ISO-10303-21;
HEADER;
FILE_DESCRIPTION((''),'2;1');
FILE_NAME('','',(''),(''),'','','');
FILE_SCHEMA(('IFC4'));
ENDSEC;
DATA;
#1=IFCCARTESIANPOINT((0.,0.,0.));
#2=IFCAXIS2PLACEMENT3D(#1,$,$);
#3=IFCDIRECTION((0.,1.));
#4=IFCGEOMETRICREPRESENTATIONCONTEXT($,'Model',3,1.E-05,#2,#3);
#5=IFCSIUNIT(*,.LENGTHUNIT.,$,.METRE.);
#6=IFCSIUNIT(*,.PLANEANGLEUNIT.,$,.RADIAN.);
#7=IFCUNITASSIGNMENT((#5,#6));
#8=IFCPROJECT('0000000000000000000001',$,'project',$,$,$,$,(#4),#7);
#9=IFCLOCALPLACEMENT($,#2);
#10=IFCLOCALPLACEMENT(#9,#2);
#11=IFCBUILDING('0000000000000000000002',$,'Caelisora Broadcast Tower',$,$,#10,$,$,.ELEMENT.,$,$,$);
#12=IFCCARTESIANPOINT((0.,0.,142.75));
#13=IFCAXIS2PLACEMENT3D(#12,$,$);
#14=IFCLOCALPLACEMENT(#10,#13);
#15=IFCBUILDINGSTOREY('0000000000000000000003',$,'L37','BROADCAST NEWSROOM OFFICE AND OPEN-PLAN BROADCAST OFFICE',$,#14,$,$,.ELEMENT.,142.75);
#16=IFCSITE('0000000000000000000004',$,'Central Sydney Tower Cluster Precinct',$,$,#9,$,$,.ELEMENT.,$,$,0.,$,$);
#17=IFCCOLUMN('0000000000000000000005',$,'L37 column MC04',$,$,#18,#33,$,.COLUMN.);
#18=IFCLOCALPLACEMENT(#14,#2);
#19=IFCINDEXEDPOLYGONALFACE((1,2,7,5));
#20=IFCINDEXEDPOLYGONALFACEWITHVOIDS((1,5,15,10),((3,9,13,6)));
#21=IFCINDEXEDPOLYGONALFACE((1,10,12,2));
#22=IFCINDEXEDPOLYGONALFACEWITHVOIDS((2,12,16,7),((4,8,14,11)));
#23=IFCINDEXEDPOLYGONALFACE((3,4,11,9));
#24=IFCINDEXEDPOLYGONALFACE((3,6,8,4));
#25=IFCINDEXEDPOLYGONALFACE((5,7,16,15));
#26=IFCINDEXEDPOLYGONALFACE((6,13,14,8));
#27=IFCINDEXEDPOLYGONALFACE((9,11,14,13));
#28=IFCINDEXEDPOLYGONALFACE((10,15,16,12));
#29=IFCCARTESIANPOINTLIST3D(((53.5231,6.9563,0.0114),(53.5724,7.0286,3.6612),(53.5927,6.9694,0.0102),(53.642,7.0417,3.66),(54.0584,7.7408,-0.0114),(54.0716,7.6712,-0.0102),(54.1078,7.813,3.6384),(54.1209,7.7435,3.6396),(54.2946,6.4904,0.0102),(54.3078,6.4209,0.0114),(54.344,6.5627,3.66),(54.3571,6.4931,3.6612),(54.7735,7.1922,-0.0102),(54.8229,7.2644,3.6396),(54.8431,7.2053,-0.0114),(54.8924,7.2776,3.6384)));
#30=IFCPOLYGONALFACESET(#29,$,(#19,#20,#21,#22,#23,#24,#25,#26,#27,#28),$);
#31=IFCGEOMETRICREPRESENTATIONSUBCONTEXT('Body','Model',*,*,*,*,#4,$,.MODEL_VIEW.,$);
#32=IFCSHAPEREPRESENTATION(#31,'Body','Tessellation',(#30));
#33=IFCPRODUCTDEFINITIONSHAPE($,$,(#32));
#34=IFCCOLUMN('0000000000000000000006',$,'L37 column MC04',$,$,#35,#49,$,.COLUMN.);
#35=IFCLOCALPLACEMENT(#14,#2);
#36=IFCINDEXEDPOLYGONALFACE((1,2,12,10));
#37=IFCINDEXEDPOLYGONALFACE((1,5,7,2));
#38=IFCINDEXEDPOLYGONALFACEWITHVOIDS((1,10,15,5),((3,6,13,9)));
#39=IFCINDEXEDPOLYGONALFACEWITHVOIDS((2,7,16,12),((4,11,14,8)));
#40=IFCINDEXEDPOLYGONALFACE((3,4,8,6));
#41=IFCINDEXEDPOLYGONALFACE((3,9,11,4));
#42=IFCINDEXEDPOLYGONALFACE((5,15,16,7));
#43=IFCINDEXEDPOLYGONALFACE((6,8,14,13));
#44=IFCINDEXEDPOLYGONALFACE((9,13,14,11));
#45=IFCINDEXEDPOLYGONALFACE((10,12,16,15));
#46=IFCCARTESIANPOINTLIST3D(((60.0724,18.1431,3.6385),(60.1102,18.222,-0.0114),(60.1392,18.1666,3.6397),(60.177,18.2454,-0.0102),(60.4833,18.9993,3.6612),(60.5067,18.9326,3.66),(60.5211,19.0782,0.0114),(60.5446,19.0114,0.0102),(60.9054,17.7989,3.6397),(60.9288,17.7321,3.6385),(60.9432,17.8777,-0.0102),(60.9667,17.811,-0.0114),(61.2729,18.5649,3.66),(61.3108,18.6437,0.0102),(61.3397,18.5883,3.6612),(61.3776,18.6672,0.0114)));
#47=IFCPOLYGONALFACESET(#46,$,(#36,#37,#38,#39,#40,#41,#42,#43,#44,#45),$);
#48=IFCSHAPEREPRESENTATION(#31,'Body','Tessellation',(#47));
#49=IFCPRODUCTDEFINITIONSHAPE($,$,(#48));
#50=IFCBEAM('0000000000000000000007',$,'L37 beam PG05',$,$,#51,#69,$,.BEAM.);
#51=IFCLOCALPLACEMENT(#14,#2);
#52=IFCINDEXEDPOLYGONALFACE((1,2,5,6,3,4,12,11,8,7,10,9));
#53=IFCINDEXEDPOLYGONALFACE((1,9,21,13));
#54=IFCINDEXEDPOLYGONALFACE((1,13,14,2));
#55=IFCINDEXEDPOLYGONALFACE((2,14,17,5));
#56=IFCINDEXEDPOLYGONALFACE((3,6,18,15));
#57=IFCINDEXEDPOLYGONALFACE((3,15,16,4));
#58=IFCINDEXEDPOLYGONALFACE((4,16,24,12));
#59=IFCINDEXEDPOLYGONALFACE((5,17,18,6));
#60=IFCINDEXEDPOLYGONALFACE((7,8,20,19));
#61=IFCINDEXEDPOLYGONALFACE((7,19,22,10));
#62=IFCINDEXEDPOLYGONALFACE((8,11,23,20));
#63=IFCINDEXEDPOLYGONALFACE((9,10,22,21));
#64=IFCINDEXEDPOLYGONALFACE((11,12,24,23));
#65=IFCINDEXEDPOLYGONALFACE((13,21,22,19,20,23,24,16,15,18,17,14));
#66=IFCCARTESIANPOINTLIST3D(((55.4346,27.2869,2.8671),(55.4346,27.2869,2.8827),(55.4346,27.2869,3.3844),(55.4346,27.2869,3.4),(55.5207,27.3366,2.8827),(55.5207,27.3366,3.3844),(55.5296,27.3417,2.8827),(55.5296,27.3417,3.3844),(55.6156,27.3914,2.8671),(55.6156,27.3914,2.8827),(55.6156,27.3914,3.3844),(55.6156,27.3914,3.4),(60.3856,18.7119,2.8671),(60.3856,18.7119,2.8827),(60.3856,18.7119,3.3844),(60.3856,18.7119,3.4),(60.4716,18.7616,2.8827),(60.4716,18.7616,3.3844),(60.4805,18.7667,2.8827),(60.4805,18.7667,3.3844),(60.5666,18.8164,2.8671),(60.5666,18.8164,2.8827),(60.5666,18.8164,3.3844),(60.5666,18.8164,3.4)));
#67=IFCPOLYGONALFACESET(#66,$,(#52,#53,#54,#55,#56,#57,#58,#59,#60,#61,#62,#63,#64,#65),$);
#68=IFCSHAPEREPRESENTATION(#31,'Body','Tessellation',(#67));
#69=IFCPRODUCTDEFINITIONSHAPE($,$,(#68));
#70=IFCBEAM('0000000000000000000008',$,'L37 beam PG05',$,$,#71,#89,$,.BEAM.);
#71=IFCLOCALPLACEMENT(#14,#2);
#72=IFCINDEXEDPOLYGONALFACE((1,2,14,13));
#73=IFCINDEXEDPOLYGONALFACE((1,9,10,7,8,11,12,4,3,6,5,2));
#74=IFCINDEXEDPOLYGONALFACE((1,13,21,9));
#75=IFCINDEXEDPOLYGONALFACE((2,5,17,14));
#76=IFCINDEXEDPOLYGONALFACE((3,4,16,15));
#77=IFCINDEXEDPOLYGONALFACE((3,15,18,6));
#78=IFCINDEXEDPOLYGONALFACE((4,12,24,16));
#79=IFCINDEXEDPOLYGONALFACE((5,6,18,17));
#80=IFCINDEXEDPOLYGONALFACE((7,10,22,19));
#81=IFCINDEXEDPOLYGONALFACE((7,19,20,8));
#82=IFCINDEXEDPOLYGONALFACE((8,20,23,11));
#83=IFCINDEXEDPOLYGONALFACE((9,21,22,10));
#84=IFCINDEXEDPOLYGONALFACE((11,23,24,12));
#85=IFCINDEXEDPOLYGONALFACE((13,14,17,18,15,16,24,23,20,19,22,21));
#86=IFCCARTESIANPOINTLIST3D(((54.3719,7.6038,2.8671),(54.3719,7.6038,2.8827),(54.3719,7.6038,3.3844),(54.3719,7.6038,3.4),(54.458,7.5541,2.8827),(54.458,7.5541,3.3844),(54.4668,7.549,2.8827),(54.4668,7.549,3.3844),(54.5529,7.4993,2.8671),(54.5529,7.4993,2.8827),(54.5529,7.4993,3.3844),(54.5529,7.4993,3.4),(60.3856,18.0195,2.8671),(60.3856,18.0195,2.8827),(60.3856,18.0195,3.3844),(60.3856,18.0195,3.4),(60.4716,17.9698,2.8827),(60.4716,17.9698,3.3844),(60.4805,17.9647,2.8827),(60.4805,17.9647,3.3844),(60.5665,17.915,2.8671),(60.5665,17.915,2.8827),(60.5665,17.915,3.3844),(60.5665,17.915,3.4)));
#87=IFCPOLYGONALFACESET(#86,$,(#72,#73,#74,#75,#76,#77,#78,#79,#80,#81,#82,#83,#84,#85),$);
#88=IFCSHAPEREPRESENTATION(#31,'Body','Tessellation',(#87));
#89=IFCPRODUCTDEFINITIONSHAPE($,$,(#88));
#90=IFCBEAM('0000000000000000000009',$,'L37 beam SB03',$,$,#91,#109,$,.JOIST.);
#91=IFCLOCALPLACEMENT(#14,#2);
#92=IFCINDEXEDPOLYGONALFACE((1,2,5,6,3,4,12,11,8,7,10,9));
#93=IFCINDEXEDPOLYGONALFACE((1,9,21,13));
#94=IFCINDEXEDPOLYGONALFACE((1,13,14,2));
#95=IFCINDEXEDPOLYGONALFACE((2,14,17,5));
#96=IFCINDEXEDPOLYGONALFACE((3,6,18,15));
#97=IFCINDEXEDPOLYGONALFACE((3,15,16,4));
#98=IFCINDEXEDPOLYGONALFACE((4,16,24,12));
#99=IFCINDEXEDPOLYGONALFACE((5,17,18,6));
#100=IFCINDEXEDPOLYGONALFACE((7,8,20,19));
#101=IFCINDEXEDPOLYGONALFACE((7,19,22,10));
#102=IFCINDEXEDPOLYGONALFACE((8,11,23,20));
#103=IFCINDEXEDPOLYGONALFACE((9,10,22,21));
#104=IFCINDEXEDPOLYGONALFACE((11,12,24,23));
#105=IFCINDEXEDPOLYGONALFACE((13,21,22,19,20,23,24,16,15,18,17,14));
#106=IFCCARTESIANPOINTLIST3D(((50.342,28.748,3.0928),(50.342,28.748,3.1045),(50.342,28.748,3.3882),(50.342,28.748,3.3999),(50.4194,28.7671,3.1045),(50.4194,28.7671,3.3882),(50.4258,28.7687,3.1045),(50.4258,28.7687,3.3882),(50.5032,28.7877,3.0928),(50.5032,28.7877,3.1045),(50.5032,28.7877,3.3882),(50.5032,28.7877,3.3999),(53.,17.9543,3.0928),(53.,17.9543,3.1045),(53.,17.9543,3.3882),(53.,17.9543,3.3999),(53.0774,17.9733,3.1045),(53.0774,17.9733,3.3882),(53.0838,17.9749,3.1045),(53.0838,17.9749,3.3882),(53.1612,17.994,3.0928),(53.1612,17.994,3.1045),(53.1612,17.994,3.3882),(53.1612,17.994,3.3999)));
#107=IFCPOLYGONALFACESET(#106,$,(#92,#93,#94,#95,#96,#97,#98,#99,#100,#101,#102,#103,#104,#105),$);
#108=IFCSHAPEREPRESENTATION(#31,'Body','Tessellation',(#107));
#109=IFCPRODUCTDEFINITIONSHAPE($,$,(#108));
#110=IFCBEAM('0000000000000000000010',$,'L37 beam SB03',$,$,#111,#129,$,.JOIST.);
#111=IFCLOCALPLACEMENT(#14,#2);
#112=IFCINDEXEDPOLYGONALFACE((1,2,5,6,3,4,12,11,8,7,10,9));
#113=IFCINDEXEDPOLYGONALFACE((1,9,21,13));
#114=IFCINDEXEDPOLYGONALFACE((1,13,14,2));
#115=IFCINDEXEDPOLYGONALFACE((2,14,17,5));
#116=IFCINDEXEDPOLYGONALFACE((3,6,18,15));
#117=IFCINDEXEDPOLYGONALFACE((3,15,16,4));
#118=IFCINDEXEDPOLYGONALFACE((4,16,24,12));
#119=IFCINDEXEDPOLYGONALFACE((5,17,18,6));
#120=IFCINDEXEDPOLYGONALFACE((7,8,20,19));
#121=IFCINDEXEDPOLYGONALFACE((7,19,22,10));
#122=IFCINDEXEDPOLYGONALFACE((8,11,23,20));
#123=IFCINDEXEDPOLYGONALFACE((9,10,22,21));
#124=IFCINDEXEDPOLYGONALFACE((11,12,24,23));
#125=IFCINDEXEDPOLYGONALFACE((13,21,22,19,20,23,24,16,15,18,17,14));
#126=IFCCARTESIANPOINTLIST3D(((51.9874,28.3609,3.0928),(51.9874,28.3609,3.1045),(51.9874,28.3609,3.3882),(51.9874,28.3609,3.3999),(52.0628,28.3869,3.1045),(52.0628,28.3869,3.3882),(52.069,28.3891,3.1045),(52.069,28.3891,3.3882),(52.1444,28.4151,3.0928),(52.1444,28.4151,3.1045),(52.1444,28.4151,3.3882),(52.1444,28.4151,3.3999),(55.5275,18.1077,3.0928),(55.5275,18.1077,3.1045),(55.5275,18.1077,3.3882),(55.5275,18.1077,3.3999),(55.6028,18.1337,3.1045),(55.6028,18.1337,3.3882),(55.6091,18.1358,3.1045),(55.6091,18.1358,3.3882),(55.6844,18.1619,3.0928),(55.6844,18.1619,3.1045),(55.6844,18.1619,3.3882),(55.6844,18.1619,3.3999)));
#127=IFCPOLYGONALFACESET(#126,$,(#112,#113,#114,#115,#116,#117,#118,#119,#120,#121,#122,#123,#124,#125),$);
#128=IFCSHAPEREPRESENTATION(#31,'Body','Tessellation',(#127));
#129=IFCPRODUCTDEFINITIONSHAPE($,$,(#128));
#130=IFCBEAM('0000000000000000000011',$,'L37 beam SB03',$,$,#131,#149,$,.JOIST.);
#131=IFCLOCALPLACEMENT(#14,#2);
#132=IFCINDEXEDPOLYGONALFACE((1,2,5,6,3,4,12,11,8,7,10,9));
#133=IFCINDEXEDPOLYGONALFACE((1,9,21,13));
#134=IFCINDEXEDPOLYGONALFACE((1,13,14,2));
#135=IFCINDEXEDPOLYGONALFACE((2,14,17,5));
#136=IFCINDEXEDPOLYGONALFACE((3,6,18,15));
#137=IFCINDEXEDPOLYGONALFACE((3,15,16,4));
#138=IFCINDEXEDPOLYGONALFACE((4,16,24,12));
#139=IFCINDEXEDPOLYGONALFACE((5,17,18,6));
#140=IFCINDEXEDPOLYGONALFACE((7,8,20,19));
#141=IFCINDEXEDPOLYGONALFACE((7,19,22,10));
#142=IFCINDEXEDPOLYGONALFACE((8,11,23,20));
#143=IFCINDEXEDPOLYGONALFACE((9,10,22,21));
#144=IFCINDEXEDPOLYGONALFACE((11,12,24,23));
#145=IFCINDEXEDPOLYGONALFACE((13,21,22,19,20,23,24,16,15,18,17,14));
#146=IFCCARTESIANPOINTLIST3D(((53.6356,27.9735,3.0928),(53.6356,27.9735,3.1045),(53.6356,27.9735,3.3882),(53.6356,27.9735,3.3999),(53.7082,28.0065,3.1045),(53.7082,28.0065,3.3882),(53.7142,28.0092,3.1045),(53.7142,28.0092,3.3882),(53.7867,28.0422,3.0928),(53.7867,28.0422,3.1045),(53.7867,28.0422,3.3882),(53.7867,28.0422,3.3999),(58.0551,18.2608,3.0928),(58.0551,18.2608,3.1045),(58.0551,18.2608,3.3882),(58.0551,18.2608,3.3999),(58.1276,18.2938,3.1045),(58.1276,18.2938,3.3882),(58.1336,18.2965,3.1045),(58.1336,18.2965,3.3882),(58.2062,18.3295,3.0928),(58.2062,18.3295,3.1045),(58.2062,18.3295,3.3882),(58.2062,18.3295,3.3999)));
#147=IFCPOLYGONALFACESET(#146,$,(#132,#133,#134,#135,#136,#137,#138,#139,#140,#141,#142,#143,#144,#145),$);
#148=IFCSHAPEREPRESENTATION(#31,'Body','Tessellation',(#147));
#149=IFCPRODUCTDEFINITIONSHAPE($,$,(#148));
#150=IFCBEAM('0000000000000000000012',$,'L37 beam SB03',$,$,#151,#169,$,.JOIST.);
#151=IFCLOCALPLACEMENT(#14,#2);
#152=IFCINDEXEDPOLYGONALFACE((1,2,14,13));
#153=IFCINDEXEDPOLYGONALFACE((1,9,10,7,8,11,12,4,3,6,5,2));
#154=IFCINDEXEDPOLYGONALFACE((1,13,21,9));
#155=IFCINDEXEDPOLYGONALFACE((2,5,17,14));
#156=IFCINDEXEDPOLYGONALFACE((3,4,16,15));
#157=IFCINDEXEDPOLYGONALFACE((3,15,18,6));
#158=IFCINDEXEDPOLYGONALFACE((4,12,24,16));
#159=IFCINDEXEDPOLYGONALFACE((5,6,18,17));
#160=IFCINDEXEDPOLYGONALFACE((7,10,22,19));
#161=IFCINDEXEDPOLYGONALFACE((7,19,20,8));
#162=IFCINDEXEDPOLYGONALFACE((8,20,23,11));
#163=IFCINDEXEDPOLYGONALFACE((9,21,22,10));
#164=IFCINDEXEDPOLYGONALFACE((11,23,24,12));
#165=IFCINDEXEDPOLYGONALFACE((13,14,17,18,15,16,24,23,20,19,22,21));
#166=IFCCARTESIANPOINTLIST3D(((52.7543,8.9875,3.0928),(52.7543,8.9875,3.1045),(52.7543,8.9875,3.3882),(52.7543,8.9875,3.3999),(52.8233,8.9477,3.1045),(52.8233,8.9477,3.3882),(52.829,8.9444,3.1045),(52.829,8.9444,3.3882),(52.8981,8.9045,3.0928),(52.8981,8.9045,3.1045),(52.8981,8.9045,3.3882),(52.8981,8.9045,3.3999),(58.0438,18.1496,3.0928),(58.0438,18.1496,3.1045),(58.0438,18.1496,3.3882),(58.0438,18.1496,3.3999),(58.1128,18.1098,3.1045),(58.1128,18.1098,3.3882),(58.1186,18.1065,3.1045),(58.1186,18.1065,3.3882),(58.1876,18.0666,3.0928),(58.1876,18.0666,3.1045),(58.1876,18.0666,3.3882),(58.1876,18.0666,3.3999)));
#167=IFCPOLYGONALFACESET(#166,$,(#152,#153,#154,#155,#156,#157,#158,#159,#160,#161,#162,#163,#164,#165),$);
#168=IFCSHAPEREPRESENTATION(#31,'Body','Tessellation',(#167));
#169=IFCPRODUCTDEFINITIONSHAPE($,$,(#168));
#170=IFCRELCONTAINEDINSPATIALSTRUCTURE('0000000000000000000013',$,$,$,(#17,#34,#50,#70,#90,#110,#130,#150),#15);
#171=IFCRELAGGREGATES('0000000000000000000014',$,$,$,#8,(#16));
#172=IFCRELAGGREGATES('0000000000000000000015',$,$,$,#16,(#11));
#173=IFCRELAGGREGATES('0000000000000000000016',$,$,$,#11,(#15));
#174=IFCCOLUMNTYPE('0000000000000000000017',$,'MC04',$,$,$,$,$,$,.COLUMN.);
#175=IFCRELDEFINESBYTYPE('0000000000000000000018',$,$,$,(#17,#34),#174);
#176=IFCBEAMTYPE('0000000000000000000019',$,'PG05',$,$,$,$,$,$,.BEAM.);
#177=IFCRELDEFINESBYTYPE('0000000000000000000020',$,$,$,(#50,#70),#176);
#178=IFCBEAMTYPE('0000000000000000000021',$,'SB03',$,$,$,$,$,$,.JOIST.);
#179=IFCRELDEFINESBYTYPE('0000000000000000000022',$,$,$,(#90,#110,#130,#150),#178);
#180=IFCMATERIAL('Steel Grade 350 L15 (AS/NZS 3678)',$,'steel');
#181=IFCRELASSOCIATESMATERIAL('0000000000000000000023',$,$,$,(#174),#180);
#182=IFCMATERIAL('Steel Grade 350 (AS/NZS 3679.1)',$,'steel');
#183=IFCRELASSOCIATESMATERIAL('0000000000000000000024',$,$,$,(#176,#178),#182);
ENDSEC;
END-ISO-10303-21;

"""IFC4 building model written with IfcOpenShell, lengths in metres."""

from ifc_helpers import new_model, si_unit, direction, frame, origin, origin_2d, place, context, subcontext, project, spatial, hollow_rectangle, i_section, extrude, source, transform, mapped, material, material_profile, profile_set, type_object, type_shapes, element, save


model = new_model("IFC4")

# Units and contexts
model_context = context("Model", 3, precision=1e-05, world=origin(), true_north=direction((0.0, 1.0)))
body_context = subcontext(model_context, "Body", "Model", "MODEL_VIEW")
ifc_project = project(units=[si_unit("LENGTHUNIT", "METRE"), si_unit("PLANEANGLEUNIT", "RADIAN")], contexts=[model_context])

# Site, building, storey
site_placement = place(None, origin())
site = spatial("IfcSite", under=ifc_project, at=site_placement, Name="Central Sydney Tower Cluster Precinct", CompositionType="ELEMENT", RefElevation=0.0)
building_placement = place(site_placement, origin())
building = spatial("IfcBuilding", under=site, at=building_placement, Name="Caelisora Broadcast Tower", CompositionType="ELEMENT")
storey_placement = place(building_placement, frame((0.0, 0.0, 142.75)))
storey = spatial("IfcBuildingStorey", under=building, at=storey_placement, Name="L37", Description="BROADCAST NEWSROOM OFFICE AND OPEN-PLAN BROADCAST OFFICE", CompositionType="ELEMENT", Elevation=142.75)

# Columns
ifc_material_1 = material(Name="Steel Grade 350 L15 (AS/NZS 3678)", Category="steel")
ifc_material_profile_1 = material_profile(ifc_material_1, hollow_rectangle(XDim=0.95, YDim=0.95, WallThickness=0.05, at=origin_2d()), Name="Steel Grade 350 L15 (AS/NZS 3678)")
ifc_profile_set_1 = profile_set([ifc_material_profile_1], Name="Steel Grade 350 L15 (AS/NZS 3678)")
column_type = type_object("IfcColumnType", Name="MC04", PredefinedType="COLUMN", material=ifc_profile_set_1)
shared_shape_1 = source(origin(), body_context, "Body", "SweptSolid", [
    extrude(hollow_rectangle(XDim=0.95, YDim=0.95, WallThickness=0.05, at=origin_2d()), origin(), (0.0, 0.0, 1.0), 3.6509),
])
type_shapes(column_type, [shared_shape_1])
for number, where, z_axis, x_axis, name in (
    (1, (54.1831, 7.0808, 0.0), (0.013508, 0.019794, 0.999713), (-0.825991, 0.563683, 0.0), "L37 column MC04"),
    (2, (60.7439, 18.4446, 0.0), (-0.010365, -0.021599, 0.999713), (0.901567, -0.43264, 0.0), "L37 column MC04"),
):
    element("IfcColumn", number, at=place(storey_placement, frame(where, z_axis=z_axis, x_axis=x_axis)), inside=storey, type_object=column_type, Name=name, PredefinedType="COLUMN", context=body_context, shape_type="MappedRepresentation", body=[
        mapped(shared_shape_1, transform((0.0, 0.0, 0.0), scale=1.0)),
    ])

# Beams
ifc_material_2 = material(Name="Steel Grade 350 (AS/NZS 3679.1)", Category="steel")
ifc_material_profile_2 = material_profile(ifc_material_2, i_section(OverallWidth=0.209, OverallDepth=0.533, WebThickness=0.0103, FlangeThickness=0.0156, at=origin_2d()), Name="Steel Grade 350 (AS/NZS 3679.1)")
ifc_profile_set_2 = profile_set([ifc_material_profile_2], Name="Steel Grade 350 (AS/NZS 3679.1)")
beam_type_1 = type_object("IfcBeamType", Name="PG05", PredefinedType="BEAM", material=ifc_profile_set_2)
shared_shape_2 = source(origin(), body_context, "Body", "SweptSolid", [
    extrude(i_section(OverallWidth=0.209, OverallDepth=0.533, WebThickness=0.0103, FlangeThickness=0.0156, at=origin_2d()), origin(), (0.0, 0.0, 1.0), 9.9016),
])
beam_1_placement = place(storey_placement, frame((60.4761, 18.7642, 3.1335), z_axis=(-0.500013, 0.866018, 0.0), x_axis=(-0.866018, -0.500013, 0.0)))
element("IfcBeam", 3, at=beam_1_placement, inside=storey, type_object=beam_type_1, Name="L37 beam PG05", PredefinedType="BEAM", context=body_context, shape_type="MappedRepresentation", body=[
    mapped(shared_shape_2, transform((0.0, 0.0, 0.0), scale=1.0)),
])
shared_shape_3 = source(origin(), body_context, "Body", "SweptSolid", [
    extrude(i_section(OverallWidth=0.209, OverallDepth=0.533, WebThickness=0.0103, FlangeThickness=0.0156, at=origin_2d()), origin(), (0.0, 0.0, 1.0), 12.0271),
])
type_shapes(beam_type_1, [shared_shape_2, shared_shape_3])
beam_2_placement = place(storey_placement, frame((54.4624, 7.5515, 3.1335), z_axis=(0.500008, 0.866021, 0.0), x_axis=(-0.866021, 0.500008, 0.0)))
element("IfcBeam", 4, at=beam_2_placement, inside=storey, type_object=beam_type_1, Name="L37 beam PG05", PredefinedType="BEAM", context=body_context, shape_type="MappedRepresentation", body=[
    mapped(shared_shape_3, transform((0.0, 0.0, 0.0), scale=1.0)),
])
ifc_material_profile_3 = material_profile(ifc_material_2, i_section(OverallWidth=0.166, OverallDepth=0.3071, WebThickness=0.0066, FlangeThickness=0.0117, at=origin_2d()), Name="Steel Grade 350 (AS/NZS 3679.1)")
ifc_profile_set_3 = profile_set([ifc_material_profile_3], Name="Steel Grade 350 (AS/NZS 3679.1)")
beam_type_2 = type_object("IfcBeamType", Name="SB03", PredefinedType="JOIST", material=ifc_profile_set_3)
shared_shape_4 = source(origin(), body_context, "Body", "SweptSolid", [
    extrude(i_section(OverallWidth=0.166, OverallDepth=0.3071, WebThickness=0.0066, FlangeThickness=0.0117, at=origin_2d()), origin(), (0.0, 0.0, 1.0), 11.1162),
])
beam_3_placement = place(storey_placement, frame((53.0806, 17.9741, 3.2463), z_axis=(-0.239108, 0.970993, 0.0), x_axis=(-0.970993, -0.239108, 0.0)))
element("IfcBeam", 5, at=beam_3_placement, inside=storey, type_object=beam_type_2, Name="L37 beam SB03", PredefinedType="JOIST", context=body_context, shape_type="MappedRepresentation", body=[
    mapped(shared_shape_4, transform((0.0, 0.0, 0.0), scale=1.0)),
])
shared_shape_5 = source(origin(), body_context, "Body", "SweptSolid", [
    extrude(i_section(OverallWidth=0.166, OverallDepth=0.3071, WebThickness=0.0066, FlangeThickness=0.0117, at=origin_2d()), origin(), (0.0, 0.0, 1.0), 10.8472),
])
beam_4_placement = place(storey_placement, frame((55.606, 18.1348, 3.2463), z_axis=(-0.326358, 0.945246, 0.0), x_axis=(-0.945246, -0.326358, 0.0)))
element("IfcBeam", 6, at=beam_4_placement, inside=storey, type_object=beam_type_2, Name="L37 beam SB03", PredefinedType="JOIST", context=body_context, shape_type="MappedRepresentation", body=[
    mapped(shared_shape_5, transform((0.0, 0.0, 0.0), scale=1.0)),
])
shared_shape_6 = source(origin(), body_context, "Body", "SweptSolid", [
    extrude(i_section(OverallWidth=0.166, OverallDepth=0.3071, WebThickness=0.0066, FlangeThickness=0.0117, at=origin_2d()), origin(), (0.0, 0.0, 1.0), 10.6709),
])
beam_5_placement = place(storey_placement, frame((58.1306, 18.2952, 3.2463), z_axis=(-0.41416, 0.910204, 0.0), x_axis=(-0.910204, -0.41416, 0.0)))
element("IfcBeam", 7, at=beam_5_placement, inside=storey, type_object=beam_type_2, Name="L37 beam SB03", PredefinedType="JOIST", context=body_context, shape_type="MappedRepresentation", body=[
    mapped(shared_shape_6, transform((0.0, 0.0, 0.0), scale=1.0)),
])
shared_shape_7 = source(origin(), body_context, "Body", "SweptSolid", [
    extrude(i_section(OverallWidth=0.166, OverallDepth=0.3071, WebThickness=0.0066, FlangeThickness=0.0117, at=origin_2d()), origin(), (0.0, 0.0, 1.0), 10.5793),
])
type_shapes(beam_type_2, [shared_shape_4, shared_shape_5, shared_shape_6, shared_shape_7])
beam_6_placement = place(storey_placement, frame((52.8262, 8.946, 3.2463), z_axis=(0.499986, 0.866033, 0.0), x_axis=(-0.866033, 0.499986, 0.0)))
element("IfcBeam", 8, at=beam_6_placement, inside=storey, type_object=beam_type_2, Name="L37 beam SB03", PredefinedType="JOIST", context=body_context, shape_type="MappedRepresentation", body=[
    mapped(shared_shape_7, transform((0.0, 0.0, 0.0), scale=1.0)),
])

save(model, "model.ifc")
